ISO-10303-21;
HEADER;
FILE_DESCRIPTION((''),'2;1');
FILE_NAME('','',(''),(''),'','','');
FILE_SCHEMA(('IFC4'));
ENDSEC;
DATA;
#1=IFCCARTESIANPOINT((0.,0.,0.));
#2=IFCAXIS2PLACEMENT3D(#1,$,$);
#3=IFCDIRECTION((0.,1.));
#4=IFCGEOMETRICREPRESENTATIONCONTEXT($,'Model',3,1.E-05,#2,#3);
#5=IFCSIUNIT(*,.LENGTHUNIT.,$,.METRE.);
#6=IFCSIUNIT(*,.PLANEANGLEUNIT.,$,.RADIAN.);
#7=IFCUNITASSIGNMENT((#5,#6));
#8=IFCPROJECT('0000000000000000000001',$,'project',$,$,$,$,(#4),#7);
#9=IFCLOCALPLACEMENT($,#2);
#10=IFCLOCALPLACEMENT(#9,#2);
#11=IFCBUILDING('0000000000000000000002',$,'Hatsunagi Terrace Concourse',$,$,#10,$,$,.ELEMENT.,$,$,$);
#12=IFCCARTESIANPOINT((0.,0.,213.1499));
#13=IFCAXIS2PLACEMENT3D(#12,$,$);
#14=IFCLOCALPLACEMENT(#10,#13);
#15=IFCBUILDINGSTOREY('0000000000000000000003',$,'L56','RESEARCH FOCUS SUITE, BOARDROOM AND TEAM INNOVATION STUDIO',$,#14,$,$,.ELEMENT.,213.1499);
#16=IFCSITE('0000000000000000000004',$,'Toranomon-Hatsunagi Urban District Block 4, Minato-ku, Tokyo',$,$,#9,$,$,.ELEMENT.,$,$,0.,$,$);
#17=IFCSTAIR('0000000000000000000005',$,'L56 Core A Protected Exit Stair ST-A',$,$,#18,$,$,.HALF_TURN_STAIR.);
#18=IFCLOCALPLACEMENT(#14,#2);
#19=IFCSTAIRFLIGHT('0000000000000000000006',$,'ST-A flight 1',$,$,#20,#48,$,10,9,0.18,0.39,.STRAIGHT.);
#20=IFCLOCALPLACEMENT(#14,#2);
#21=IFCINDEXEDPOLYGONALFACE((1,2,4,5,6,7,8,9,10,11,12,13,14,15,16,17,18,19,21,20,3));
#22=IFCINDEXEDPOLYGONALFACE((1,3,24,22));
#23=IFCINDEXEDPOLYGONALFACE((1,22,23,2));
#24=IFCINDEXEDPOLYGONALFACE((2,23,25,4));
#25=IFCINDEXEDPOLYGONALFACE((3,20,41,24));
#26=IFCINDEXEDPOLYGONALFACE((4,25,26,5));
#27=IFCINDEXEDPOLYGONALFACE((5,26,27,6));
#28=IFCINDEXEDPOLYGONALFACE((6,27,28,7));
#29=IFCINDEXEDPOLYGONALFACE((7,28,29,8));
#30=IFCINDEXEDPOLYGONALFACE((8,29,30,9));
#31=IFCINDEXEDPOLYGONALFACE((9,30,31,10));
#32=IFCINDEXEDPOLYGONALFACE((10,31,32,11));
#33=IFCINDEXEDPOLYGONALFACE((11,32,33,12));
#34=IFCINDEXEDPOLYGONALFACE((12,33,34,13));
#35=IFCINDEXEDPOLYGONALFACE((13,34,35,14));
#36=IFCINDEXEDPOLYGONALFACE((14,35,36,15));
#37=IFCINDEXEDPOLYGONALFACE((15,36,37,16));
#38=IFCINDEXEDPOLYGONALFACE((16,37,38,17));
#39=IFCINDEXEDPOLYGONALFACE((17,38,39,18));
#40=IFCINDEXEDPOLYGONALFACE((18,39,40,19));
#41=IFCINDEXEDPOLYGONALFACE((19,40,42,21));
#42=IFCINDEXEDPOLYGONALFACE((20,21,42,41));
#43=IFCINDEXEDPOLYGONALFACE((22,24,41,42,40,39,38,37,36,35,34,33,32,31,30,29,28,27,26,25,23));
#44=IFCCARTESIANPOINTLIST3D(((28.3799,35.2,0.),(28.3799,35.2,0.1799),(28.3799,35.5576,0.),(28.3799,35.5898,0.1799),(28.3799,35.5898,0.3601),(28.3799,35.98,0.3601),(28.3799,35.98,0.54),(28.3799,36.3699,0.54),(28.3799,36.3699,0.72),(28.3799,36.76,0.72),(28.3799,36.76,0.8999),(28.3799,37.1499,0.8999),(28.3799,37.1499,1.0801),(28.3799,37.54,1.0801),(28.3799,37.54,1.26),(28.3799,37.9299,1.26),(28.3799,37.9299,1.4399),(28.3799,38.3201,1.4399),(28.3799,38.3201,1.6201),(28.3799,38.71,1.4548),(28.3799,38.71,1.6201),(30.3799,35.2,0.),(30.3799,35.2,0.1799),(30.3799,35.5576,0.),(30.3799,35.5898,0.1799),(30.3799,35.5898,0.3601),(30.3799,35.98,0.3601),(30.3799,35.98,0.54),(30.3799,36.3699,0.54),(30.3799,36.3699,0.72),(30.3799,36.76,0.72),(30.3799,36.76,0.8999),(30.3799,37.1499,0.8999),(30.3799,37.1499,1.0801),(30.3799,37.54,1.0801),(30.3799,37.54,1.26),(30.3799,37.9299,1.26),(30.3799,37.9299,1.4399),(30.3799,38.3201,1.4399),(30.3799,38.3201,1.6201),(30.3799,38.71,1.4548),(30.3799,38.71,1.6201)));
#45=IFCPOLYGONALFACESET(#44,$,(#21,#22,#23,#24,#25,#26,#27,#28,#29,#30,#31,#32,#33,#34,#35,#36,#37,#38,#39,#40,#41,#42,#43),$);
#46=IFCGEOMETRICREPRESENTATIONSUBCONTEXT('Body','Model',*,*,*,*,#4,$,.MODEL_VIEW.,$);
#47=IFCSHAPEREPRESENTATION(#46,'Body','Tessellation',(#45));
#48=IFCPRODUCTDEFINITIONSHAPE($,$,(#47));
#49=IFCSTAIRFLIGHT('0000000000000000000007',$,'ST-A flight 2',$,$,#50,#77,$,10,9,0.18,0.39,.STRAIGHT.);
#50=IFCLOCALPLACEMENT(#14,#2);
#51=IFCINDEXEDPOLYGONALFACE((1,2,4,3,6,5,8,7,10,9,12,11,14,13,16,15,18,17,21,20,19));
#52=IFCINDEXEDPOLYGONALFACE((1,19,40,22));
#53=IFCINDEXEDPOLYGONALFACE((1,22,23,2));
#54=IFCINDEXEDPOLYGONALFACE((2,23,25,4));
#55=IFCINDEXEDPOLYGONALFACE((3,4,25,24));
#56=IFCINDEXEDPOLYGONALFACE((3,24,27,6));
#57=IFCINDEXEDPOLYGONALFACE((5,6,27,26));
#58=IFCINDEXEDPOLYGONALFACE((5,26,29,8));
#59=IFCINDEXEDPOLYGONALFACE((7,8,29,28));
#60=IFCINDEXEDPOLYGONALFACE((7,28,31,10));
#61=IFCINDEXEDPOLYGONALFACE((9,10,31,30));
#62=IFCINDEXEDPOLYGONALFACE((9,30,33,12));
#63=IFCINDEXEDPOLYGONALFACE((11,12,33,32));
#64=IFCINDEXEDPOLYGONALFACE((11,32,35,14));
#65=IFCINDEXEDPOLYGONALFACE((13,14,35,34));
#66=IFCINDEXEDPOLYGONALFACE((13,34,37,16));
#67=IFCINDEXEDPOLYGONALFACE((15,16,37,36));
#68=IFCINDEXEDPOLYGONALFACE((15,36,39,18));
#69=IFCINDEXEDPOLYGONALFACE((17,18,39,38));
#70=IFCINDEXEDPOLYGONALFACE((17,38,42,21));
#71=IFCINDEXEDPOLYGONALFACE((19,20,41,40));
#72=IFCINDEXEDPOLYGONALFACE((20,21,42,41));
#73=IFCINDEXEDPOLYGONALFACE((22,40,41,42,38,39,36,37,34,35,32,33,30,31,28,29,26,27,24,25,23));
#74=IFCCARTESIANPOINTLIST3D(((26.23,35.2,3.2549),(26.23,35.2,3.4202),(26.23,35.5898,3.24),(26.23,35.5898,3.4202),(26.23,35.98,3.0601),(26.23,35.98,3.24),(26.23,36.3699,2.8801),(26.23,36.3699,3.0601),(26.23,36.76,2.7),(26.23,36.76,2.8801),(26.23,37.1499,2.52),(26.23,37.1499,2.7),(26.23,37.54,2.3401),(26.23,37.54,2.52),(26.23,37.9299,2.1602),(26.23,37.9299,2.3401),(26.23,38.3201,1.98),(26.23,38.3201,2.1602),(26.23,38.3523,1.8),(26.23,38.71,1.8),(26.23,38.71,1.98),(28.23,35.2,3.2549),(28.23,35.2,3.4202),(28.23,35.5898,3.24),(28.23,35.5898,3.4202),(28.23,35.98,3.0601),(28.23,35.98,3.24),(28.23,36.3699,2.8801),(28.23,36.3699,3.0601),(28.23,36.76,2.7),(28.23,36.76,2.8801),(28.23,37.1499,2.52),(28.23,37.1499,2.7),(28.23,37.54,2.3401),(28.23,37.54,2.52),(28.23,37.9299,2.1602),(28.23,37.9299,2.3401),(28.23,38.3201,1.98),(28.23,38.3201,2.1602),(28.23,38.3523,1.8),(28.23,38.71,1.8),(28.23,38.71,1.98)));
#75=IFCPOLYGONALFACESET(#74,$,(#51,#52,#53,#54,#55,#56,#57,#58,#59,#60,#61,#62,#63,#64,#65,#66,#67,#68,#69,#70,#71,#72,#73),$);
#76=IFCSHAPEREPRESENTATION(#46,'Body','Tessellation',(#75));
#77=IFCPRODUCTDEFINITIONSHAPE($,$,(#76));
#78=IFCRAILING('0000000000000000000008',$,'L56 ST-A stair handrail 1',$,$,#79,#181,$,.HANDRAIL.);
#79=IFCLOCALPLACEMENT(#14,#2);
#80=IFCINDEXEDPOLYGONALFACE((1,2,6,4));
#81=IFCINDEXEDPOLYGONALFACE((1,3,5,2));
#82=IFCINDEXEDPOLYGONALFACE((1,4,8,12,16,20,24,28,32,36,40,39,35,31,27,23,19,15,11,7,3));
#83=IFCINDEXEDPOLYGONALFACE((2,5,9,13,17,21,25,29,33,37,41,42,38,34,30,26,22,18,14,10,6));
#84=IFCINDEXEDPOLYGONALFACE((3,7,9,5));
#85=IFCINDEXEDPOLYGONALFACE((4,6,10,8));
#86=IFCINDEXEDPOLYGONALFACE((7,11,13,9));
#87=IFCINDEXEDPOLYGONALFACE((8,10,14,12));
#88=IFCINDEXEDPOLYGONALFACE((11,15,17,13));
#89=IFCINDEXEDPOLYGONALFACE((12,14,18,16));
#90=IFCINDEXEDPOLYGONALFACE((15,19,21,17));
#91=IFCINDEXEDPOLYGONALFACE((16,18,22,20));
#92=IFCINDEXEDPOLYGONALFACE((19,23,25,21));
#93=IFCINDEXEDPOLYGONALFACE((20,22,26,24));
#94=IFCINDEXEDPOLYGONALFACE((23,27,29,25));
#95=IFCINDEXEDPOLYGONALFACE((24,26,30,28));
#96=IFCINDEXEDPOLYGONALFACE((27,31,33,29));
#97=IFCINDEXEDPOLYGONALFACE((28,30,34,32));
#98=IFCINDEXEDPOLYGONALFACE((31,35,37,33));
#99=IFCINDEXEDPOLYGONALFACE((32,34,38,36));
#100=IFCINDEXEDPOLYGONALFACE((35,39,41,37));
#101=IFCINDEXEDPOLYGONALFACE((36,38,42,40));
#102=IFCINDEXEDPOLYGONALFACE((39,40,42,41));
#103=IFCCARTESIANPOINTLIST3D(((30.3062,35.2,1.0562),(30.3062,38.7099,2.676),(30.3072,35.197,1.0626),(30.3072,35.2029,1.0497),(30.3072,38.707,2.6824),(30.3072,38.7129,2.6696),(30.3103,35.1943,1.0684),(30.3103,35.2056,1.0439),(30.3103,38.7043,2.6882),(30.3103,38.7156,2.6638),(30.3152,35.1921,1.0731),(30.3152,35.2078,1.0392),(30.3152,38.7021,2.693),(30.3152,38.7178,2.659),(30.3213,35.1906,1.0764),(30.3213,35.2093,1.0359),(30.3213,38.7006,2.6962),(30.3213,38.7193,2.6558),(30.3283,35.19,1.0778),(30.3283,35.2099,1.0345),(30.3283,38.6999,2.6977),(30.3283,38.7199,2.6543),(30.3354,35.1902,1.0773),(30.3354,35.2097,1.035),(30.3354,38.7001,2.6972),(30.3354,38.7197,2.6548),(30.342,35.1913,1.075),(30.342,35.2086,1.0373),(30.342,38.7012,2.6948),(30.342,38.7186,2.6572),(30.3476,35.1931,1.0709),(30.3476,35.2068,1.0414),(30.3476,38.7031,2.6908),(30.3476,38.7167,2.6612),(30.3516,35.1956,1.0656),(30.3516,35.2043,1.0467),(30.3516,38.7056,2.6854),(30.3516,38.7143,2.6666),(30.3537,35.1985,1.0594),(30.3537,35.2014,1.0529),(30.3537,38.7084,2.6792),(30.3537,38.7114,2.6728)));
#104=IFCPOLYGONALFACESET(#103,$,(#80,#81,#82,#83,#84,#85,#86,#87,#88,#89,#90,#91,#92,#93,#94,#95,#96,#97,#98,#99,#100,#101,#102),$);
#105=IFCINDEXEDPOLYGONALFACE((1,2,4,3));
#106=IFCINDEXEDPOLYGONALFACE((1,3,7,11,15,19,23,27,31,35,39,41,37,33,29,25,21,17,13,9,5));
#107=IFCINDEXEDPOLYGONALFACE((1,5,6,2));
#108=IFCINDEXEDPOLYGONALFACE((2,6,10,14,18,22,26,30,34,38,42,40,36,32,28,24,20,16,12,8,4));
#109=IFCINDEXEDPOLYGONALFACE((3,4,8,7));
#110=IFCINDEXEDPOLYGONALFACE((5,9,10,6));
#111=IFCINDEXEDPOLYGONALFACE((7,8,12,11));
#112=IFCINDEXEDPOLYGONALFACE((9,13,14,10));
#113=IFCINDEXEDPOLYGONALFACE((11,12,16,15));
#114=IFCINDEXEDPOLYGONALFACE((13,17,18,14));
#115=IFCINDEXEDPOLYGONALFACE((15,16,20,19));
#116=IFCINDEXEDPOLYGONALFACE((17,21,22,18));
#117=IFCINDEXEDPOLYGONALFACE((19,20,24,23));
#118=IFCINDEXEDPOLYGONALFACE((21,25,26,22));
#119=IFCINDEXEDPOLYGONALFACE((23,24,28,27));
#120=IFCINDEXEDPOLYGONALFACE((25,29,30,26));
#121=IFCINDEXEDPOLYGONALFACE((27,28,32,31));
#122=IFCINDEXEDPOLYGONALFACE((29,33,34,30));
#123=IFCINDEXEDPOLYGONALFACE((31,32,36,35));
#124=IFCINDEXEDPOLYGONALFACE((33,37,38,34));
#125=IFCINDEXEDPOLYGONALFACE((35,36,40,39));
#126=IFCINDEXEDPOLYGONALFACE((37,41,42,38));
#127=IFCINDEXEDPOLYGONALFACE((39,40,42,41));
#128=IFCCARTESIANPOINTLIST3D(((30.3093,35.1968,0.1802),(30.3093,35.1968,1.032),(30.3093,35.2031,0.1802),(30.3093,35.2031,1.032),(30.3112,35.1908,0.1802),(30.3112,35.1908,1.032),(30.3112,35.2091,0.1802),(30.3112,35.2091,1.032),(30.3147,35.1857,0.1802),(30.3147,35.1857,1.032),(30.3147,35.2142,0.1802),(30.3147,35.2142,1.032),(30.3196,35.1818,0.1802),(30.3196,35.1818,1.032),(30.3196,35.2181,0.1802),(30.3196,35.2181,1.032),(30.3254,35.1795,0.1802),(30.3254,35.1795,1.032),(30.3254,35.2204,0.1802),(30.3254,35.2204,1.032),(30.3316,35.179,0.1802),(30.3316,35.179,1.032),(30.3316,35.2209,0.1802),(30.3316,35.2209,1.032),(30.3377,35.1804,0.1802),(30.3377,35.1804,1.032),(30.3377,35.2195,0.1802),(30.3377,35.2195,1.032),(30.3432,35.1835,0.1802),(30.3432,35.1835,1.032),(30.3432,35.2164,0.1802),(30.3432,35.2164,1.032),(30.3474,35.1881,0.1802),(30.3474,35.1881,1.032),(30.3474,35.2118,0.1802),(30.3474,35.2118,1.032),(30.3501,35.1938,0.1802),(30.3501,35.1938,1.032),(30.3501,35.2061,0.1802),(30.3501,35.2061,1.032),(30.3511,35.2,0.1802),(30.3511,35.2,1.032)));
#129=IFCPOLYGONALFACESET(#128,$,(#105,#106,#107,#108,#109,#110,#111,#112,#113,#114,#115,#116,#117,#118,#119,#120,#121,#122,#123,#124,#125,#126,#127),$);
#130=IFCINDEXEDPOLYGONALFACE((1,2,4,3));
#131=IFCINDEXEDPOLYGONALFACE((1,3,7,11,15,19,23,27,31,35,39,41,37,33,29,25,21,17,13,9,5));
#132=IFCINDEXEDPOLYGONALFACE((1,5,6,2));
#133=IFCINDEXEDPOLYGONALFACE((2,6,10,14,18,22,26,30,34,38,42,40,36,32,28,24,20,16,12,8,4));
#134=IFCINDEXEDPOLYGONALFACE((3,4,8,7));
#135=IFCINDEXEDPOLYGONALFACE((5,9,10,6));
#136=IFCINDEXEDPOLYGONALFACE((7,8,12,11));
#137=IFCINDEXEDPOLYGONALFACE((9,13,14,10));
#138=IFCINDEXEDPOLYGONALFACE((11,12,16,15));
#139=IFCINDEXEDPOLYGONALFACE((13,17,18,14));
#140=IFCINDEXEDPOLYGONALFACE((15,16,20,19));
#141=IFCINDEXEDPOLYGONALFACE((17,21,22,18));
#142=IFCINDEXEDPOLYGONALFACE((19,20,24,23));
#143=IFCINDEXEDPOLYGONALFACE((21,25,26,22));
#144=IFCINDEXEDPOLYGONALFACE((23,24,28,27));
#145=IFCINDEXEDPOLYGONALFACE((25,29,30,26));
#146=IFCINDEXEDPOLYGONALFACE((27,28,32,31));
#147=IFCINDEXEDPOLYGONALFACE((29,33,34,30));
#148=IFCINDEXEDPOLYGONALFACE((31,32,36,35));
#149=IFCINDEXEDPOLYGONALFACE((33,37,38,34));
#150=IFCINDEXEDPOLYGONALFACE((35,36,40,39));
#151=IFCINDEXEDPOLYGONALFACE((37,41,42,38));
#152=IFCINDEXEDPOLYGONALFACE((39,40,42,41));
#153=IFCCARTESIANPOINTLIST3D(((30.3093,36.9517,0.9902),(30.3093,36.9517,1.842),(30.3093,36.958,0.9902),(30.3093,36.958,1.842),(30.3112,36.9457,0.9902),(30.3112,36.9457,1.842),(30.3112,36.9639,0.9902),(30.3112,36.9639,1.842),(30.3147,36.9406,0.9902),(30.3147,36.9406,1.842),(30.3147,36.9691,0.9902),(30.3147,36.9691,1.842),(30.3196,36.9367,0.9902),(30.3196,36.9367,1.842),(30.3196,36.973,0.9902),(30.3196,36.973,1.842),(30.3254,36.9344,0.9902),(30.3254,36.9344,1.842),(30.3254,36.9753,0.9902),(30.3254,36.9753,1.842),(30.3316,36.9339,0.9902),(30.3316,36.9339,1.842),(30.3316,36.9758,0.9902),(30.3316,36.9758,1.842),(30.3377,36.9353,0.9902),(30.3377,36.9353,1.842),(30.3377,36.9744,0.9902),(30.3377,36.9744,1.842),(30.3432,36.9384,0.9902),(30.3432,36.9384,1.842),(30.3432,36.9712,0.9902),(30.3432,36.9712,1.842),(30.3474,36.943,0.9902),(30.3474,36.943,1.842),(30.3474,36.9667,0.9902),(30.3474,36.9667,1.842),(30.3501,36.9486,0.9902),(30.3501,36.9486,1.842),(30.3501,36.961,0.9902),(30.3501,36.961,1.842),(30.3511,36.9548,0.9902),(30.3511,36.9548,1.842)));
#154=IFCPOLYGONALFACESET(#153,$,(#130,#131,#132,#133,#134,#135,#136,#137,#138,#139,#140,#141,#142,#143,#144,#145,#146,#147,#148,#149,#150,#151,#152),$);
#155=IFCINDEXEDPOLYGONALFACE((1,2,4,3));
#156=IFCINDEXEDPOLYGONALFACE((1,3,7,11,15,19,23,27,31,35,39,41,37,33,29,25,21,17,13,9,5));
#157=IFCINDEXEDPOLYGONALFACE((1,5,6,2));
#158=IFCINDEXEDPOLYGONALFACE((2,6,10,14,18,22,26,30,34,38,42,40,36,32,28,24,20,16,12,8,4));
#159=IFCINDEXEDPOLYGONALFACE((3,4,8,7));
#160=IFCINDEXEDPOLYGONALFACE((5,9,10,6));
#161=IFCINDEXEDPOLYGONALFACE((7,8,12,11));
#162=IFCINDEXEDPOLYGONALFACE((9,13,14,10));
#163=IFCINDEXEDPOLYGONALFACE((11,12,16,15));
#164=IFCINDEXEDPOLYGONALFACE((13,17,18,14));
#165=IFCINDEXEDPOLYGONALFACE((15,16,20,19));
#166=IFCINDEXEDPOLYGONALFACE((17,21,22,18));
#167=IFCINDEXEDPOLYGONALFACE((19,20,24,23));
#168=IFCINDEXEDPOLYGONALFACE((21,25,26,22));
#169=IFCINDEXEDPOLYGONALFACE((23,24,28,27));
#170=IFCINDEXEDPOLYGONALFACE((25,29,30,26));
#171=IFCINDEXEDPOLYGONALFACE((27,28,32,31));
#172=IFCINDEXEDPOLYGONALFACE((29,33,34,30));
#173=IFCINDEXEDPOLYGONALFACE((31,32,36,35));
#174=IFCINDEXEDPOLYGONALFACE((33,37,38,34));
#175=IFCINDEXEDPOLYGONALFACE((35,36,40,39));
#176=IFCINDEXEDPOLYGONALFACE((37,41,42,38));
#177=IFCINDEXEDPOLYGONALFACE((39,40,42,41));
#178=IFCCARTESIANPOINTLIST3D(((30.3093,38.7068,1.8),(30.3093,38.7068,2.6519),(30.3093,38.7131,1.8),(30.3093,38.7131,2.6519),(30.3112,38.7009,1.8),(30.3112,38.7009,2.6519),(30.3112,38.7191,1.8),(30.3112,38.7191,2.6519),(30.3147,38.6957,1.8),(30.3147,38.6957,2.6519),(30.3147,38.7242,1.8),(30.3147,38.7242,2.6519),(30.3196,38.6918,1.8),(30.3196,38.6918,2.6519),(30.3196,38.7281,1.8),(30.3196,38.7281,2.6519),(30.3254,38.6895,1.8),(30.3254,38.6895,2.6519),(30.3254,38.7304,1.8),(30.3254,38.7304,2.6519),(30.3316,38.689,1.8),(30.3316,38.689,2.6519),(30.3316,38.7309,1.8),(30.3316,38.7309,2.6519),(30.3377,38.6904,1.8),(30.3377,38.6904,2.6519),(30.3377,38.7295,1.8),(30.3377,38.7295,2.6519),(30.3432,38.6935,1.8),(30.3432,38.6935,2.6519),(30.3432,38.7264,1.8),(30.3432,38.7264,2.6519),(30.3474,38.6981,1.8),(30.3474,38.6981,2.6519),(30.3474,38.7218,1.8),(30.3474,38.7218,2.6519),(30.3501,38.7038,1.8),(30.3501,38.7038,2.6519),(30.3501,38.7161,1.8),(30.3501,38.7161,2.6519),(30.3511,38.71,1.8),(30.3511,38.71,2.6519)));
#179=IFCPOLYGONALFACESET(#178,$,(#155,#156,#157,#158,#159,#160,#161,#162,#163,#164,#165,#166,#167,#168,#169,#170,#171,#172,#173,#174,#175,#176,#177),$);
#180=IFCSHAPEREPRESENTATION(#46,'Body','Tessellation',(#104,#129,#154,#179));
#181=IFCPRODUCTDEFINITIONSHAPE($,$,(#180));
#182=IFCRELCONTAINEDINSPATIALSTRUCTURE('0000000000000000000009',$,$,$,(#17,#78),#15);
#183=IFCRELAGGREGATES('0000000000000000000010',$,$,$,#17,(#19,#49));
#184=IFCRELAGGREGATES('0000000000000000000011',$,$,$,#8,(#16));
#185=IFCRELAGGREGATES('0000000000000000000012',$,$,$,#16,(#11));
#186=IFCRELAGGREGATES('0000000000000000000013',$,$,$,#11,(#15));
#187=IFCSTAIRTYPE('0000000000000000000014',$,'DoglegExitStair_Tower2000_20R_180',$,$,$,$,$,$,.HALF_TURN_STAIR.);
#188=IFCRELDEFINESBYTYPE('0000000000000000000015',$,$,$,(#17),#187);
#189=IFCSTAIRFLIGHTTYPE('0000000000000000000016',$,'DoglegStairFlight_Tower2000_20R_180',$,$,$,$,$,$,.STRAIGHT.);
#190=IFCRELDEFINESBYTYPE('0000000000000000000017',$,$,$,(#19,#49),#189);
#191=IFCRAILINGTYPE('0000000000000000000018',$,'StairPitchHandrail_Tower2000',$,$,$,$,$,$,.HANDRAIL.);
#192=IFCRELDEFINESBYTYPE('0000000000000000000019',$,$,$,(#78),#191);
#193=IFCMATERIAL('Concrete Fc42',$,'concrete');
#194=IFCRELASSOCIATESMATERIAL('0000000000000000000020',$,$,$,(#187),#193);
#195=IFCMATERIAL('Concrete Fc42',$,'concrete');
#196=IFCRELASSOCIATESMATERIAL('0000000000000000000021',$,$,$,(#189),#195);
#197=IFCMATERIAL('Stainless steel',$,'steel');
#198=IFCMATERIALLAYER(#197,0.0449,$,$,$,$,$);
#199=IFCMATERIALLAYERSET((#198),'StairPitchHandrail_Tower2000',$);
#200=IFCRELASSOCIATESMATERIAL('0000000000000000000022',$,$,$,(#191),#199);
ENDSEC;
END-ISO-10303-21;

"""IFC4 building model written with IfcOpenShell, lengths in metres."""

from ifc_helpers import new_model, si_unit, direction, frame, origin, origin_2d, place, context, subcontext, project, spatial, polyline, circle, outline, extrude, material, layer, layer_set, type_object, element, aggregate, save


model = new_model("IFC4")

# Units and contexts
model_context = context("Model", 3, precision=1e-05, world=origin(), true_north=direction((0.0, 1.0)))
body_context = subcontext(model_context, "Body", "Model", "MODEL_VIEW")
ifc_project = project(units=[si_unit("LENGTHUNIT", "METRE"), si_unit("PLANEANGLEUNIT", "RADIAN")], contexts=[model_context])

# Site, building, storey
site_placement = place(None, origin())
site = spatial("IfcSite", under=ifc_project, at=site_placement, Name="Toranomon-Hatsunagi Urban District Block 4, Minato-ku, Tokyo", CompositionType="ELEMENT", RefElevation=0.0)
building_placement = place(site_placement, origin())
building = spatial("IfcBuilding", under=site, at=building_placement, Name="Hatsunagi Terrace Concourse", CompositionType="ELEMENT")
storey_placement = place(building_placement, frame((0.0, 0.0, 213.1499)))
storey = spatial("IfcBuildingStorey", under=building, at=storey_placement, Name="L56", Description="RESEARCH FOCUS SUITE, BOARDROOM AND TEAM INNOVATION STUDIO", CompositionType="ELEMENT", Elevation=213.1499)

# Stair, stair flights
ifc_material_1 = material(Name="Concrete Fc42", Category="concrete")
stair_type = type_object("IfcStairType", Name="DoglegExitStair_Tower2000_20R_180", PredefinedType="HALF_TURN_STAIR", material=ifc_material_1)
stair_placement = place(storey_placement, origin())
stair = element("IfcStair", 1, at=stair_placement, inside=storey, type_object=stair_type, Name="L56 Core A Protected Exit Stair ST-A", PredefinedType="HALF_TURN_STAIR")
ifc_material_2 = material(Name="Concrete Fc42", Category="concrete")
stair_flight_type = type_object("IfcStairFlightType", Name="DoglegStairFlight_Tower2000_20R_180", PredefinedType="STRAIGHT", material=ifc_material_2)
stair_flight_1_placement = place(storey_placement, frame((29.3799, 35.2, 0.0), z_axis=(0.0, 0.0, 1.0), x_axis=(0.0, 1.0, 0.0)))
stair_flight_1 = element("IfcStairFlight", 2, at=stair_flight_1_placement, type_object=stair_flight_type, Name="ST-A flight 1", NumberOfRisers=10, NumberOfTreads=9, PredefinedType="STRAIGHT", RiserHeight=0.18, TreadLength=0.39, context=body_context, shape_type="SweptSolid", body=[
    extrude(outline(polyline([(0.0, 0.0), (0.0, 0.1799), (0.3899, 0.1799), (0.3899, 0.3601), (0.78, 0.3601), (0.78, 0.54), (1.1699, 0.54), (1.1699, 0.72), (1.5601, 0.72), (1.5601, 0.8999), (1.95, 0.8999), (1.95, 1.0801), (2.3401, 1.0801), (2.3401, 1.26), (2.73, 1.26), (2.73, 1.4399), (3.1201, 1.4399), (3.1201, 1.6201), (3.51, 1.6201), (3.51, 1.8), (3.51, 1.4548), (0.3577, 0.0), (0.0, 0.0)])), frame((0.0, 1.0, 0.0), z_axis=(0.0, -1.0, 0.0), x_axis=(1.0, 0.0, 0.0)), (0.0, 0.0, 1.0), 2.0),
])
stair_flight_2_placement = place(storey_placement, frame((27.23, 38.71, 1.8), z_axis=(0.0, 0.0, 1.0), x_axis=(0.0, -1.0, 0.0)))
stair_flight_2 = element("IfcStairFlight", 3, at=stair_flight_2_placement, type_object=stair_flight_type, Name="ST-A flight 2", NumberOfRisers=10, NumberOfTreads=9, PredefinedType="STRAIGHT", RiserHeight=0.18, TreadLength=0.39, context=body_context, shape_type="SweptSolid", body=[
    extrude(outline(polyline([(0.0, 0.0), (0.0, 0.1799), (0.3899, 0.1799), (0.3899, 0.3601), (0.78, 0.3601), (0.78, 0.54), (1.1699, 0.54), (1.1699, 0.72), (1.5601, 0.72), (1.5601, 0.8999), (1.95, 0.8999), (1.95, 1.0801), (2.3401, 1.0801), (2.3401, 1.26), (2.73, 1.26), (2.73, 1.4399), (3.1201, 1.4399), (3.1201, 1.6201), (3.51, 1.6201), (3.51, 1.8), (3.51, 1.4548), (0.3577, 0.0), (0.0, 0.0)])), frame((0.0, 1.0, 0.0), z_axis=(0.0, -1.0, 0.0), x_axis=(1.0, 0.0, 0.0)), (0.0, 0.0, 1.0), 2.0),
])
aggregate(stair, [stair_flight_1, stair_flight_2])

# Railing
ifc_material_3 = material(Name="Stainless steel", Category="steel")
ifc_layer_1 = layer(ifc_material_3, 0.0449)
ifc_layer_set_1 = layer_set([ifc_layer_1], Name="StairPitchHandrail_Tower2000")
railing_type_1 = type_object("IfcRailingType", Name="StairPitchHandrail_Tower2000", PredefinedType="HANDRAIL", material=ifc_layer_set_1)
railing_1_placement = place(storey_placement, frame((30.3301, 35.2, 0.1802)))
element("IfcRailing", 4, at=railing_1_placement, inside=storey, type_object=railing_type_1, Name="L56 ST-A stair handrail 1", PredefinedType="HANDRAIL", context=body_context, shape_type="SweptSolid", body=[
    extrude(circle(Radius=0.0239, at=origin_2d()), frame((0.0, 0.0, 0.876), z_axis=(0.0, 0.907972, 0.41903), x_axis=(-1.0, 0.0, 0.0)), (0.0, 0.0, 1.0), 3.8657),
    extrude(circle(Radius=0.021, at=origin_2d()), origin(), (0.0, 0.0, 1.0), 0.8518),
    extrude(circle(Radius=0.021, at=origin_2d()), frame((0.0, 1.7549, 0.8101)), (0.0, 0.0, 1.0), 0.8518),
    extrude(circle(Radius=0.021, at=origin_2d()), frame((0.0, 3.51, 1.6199)), (0.0, 0.0, 1.0), 0.8518),
])

save(model, "model.ifc")
